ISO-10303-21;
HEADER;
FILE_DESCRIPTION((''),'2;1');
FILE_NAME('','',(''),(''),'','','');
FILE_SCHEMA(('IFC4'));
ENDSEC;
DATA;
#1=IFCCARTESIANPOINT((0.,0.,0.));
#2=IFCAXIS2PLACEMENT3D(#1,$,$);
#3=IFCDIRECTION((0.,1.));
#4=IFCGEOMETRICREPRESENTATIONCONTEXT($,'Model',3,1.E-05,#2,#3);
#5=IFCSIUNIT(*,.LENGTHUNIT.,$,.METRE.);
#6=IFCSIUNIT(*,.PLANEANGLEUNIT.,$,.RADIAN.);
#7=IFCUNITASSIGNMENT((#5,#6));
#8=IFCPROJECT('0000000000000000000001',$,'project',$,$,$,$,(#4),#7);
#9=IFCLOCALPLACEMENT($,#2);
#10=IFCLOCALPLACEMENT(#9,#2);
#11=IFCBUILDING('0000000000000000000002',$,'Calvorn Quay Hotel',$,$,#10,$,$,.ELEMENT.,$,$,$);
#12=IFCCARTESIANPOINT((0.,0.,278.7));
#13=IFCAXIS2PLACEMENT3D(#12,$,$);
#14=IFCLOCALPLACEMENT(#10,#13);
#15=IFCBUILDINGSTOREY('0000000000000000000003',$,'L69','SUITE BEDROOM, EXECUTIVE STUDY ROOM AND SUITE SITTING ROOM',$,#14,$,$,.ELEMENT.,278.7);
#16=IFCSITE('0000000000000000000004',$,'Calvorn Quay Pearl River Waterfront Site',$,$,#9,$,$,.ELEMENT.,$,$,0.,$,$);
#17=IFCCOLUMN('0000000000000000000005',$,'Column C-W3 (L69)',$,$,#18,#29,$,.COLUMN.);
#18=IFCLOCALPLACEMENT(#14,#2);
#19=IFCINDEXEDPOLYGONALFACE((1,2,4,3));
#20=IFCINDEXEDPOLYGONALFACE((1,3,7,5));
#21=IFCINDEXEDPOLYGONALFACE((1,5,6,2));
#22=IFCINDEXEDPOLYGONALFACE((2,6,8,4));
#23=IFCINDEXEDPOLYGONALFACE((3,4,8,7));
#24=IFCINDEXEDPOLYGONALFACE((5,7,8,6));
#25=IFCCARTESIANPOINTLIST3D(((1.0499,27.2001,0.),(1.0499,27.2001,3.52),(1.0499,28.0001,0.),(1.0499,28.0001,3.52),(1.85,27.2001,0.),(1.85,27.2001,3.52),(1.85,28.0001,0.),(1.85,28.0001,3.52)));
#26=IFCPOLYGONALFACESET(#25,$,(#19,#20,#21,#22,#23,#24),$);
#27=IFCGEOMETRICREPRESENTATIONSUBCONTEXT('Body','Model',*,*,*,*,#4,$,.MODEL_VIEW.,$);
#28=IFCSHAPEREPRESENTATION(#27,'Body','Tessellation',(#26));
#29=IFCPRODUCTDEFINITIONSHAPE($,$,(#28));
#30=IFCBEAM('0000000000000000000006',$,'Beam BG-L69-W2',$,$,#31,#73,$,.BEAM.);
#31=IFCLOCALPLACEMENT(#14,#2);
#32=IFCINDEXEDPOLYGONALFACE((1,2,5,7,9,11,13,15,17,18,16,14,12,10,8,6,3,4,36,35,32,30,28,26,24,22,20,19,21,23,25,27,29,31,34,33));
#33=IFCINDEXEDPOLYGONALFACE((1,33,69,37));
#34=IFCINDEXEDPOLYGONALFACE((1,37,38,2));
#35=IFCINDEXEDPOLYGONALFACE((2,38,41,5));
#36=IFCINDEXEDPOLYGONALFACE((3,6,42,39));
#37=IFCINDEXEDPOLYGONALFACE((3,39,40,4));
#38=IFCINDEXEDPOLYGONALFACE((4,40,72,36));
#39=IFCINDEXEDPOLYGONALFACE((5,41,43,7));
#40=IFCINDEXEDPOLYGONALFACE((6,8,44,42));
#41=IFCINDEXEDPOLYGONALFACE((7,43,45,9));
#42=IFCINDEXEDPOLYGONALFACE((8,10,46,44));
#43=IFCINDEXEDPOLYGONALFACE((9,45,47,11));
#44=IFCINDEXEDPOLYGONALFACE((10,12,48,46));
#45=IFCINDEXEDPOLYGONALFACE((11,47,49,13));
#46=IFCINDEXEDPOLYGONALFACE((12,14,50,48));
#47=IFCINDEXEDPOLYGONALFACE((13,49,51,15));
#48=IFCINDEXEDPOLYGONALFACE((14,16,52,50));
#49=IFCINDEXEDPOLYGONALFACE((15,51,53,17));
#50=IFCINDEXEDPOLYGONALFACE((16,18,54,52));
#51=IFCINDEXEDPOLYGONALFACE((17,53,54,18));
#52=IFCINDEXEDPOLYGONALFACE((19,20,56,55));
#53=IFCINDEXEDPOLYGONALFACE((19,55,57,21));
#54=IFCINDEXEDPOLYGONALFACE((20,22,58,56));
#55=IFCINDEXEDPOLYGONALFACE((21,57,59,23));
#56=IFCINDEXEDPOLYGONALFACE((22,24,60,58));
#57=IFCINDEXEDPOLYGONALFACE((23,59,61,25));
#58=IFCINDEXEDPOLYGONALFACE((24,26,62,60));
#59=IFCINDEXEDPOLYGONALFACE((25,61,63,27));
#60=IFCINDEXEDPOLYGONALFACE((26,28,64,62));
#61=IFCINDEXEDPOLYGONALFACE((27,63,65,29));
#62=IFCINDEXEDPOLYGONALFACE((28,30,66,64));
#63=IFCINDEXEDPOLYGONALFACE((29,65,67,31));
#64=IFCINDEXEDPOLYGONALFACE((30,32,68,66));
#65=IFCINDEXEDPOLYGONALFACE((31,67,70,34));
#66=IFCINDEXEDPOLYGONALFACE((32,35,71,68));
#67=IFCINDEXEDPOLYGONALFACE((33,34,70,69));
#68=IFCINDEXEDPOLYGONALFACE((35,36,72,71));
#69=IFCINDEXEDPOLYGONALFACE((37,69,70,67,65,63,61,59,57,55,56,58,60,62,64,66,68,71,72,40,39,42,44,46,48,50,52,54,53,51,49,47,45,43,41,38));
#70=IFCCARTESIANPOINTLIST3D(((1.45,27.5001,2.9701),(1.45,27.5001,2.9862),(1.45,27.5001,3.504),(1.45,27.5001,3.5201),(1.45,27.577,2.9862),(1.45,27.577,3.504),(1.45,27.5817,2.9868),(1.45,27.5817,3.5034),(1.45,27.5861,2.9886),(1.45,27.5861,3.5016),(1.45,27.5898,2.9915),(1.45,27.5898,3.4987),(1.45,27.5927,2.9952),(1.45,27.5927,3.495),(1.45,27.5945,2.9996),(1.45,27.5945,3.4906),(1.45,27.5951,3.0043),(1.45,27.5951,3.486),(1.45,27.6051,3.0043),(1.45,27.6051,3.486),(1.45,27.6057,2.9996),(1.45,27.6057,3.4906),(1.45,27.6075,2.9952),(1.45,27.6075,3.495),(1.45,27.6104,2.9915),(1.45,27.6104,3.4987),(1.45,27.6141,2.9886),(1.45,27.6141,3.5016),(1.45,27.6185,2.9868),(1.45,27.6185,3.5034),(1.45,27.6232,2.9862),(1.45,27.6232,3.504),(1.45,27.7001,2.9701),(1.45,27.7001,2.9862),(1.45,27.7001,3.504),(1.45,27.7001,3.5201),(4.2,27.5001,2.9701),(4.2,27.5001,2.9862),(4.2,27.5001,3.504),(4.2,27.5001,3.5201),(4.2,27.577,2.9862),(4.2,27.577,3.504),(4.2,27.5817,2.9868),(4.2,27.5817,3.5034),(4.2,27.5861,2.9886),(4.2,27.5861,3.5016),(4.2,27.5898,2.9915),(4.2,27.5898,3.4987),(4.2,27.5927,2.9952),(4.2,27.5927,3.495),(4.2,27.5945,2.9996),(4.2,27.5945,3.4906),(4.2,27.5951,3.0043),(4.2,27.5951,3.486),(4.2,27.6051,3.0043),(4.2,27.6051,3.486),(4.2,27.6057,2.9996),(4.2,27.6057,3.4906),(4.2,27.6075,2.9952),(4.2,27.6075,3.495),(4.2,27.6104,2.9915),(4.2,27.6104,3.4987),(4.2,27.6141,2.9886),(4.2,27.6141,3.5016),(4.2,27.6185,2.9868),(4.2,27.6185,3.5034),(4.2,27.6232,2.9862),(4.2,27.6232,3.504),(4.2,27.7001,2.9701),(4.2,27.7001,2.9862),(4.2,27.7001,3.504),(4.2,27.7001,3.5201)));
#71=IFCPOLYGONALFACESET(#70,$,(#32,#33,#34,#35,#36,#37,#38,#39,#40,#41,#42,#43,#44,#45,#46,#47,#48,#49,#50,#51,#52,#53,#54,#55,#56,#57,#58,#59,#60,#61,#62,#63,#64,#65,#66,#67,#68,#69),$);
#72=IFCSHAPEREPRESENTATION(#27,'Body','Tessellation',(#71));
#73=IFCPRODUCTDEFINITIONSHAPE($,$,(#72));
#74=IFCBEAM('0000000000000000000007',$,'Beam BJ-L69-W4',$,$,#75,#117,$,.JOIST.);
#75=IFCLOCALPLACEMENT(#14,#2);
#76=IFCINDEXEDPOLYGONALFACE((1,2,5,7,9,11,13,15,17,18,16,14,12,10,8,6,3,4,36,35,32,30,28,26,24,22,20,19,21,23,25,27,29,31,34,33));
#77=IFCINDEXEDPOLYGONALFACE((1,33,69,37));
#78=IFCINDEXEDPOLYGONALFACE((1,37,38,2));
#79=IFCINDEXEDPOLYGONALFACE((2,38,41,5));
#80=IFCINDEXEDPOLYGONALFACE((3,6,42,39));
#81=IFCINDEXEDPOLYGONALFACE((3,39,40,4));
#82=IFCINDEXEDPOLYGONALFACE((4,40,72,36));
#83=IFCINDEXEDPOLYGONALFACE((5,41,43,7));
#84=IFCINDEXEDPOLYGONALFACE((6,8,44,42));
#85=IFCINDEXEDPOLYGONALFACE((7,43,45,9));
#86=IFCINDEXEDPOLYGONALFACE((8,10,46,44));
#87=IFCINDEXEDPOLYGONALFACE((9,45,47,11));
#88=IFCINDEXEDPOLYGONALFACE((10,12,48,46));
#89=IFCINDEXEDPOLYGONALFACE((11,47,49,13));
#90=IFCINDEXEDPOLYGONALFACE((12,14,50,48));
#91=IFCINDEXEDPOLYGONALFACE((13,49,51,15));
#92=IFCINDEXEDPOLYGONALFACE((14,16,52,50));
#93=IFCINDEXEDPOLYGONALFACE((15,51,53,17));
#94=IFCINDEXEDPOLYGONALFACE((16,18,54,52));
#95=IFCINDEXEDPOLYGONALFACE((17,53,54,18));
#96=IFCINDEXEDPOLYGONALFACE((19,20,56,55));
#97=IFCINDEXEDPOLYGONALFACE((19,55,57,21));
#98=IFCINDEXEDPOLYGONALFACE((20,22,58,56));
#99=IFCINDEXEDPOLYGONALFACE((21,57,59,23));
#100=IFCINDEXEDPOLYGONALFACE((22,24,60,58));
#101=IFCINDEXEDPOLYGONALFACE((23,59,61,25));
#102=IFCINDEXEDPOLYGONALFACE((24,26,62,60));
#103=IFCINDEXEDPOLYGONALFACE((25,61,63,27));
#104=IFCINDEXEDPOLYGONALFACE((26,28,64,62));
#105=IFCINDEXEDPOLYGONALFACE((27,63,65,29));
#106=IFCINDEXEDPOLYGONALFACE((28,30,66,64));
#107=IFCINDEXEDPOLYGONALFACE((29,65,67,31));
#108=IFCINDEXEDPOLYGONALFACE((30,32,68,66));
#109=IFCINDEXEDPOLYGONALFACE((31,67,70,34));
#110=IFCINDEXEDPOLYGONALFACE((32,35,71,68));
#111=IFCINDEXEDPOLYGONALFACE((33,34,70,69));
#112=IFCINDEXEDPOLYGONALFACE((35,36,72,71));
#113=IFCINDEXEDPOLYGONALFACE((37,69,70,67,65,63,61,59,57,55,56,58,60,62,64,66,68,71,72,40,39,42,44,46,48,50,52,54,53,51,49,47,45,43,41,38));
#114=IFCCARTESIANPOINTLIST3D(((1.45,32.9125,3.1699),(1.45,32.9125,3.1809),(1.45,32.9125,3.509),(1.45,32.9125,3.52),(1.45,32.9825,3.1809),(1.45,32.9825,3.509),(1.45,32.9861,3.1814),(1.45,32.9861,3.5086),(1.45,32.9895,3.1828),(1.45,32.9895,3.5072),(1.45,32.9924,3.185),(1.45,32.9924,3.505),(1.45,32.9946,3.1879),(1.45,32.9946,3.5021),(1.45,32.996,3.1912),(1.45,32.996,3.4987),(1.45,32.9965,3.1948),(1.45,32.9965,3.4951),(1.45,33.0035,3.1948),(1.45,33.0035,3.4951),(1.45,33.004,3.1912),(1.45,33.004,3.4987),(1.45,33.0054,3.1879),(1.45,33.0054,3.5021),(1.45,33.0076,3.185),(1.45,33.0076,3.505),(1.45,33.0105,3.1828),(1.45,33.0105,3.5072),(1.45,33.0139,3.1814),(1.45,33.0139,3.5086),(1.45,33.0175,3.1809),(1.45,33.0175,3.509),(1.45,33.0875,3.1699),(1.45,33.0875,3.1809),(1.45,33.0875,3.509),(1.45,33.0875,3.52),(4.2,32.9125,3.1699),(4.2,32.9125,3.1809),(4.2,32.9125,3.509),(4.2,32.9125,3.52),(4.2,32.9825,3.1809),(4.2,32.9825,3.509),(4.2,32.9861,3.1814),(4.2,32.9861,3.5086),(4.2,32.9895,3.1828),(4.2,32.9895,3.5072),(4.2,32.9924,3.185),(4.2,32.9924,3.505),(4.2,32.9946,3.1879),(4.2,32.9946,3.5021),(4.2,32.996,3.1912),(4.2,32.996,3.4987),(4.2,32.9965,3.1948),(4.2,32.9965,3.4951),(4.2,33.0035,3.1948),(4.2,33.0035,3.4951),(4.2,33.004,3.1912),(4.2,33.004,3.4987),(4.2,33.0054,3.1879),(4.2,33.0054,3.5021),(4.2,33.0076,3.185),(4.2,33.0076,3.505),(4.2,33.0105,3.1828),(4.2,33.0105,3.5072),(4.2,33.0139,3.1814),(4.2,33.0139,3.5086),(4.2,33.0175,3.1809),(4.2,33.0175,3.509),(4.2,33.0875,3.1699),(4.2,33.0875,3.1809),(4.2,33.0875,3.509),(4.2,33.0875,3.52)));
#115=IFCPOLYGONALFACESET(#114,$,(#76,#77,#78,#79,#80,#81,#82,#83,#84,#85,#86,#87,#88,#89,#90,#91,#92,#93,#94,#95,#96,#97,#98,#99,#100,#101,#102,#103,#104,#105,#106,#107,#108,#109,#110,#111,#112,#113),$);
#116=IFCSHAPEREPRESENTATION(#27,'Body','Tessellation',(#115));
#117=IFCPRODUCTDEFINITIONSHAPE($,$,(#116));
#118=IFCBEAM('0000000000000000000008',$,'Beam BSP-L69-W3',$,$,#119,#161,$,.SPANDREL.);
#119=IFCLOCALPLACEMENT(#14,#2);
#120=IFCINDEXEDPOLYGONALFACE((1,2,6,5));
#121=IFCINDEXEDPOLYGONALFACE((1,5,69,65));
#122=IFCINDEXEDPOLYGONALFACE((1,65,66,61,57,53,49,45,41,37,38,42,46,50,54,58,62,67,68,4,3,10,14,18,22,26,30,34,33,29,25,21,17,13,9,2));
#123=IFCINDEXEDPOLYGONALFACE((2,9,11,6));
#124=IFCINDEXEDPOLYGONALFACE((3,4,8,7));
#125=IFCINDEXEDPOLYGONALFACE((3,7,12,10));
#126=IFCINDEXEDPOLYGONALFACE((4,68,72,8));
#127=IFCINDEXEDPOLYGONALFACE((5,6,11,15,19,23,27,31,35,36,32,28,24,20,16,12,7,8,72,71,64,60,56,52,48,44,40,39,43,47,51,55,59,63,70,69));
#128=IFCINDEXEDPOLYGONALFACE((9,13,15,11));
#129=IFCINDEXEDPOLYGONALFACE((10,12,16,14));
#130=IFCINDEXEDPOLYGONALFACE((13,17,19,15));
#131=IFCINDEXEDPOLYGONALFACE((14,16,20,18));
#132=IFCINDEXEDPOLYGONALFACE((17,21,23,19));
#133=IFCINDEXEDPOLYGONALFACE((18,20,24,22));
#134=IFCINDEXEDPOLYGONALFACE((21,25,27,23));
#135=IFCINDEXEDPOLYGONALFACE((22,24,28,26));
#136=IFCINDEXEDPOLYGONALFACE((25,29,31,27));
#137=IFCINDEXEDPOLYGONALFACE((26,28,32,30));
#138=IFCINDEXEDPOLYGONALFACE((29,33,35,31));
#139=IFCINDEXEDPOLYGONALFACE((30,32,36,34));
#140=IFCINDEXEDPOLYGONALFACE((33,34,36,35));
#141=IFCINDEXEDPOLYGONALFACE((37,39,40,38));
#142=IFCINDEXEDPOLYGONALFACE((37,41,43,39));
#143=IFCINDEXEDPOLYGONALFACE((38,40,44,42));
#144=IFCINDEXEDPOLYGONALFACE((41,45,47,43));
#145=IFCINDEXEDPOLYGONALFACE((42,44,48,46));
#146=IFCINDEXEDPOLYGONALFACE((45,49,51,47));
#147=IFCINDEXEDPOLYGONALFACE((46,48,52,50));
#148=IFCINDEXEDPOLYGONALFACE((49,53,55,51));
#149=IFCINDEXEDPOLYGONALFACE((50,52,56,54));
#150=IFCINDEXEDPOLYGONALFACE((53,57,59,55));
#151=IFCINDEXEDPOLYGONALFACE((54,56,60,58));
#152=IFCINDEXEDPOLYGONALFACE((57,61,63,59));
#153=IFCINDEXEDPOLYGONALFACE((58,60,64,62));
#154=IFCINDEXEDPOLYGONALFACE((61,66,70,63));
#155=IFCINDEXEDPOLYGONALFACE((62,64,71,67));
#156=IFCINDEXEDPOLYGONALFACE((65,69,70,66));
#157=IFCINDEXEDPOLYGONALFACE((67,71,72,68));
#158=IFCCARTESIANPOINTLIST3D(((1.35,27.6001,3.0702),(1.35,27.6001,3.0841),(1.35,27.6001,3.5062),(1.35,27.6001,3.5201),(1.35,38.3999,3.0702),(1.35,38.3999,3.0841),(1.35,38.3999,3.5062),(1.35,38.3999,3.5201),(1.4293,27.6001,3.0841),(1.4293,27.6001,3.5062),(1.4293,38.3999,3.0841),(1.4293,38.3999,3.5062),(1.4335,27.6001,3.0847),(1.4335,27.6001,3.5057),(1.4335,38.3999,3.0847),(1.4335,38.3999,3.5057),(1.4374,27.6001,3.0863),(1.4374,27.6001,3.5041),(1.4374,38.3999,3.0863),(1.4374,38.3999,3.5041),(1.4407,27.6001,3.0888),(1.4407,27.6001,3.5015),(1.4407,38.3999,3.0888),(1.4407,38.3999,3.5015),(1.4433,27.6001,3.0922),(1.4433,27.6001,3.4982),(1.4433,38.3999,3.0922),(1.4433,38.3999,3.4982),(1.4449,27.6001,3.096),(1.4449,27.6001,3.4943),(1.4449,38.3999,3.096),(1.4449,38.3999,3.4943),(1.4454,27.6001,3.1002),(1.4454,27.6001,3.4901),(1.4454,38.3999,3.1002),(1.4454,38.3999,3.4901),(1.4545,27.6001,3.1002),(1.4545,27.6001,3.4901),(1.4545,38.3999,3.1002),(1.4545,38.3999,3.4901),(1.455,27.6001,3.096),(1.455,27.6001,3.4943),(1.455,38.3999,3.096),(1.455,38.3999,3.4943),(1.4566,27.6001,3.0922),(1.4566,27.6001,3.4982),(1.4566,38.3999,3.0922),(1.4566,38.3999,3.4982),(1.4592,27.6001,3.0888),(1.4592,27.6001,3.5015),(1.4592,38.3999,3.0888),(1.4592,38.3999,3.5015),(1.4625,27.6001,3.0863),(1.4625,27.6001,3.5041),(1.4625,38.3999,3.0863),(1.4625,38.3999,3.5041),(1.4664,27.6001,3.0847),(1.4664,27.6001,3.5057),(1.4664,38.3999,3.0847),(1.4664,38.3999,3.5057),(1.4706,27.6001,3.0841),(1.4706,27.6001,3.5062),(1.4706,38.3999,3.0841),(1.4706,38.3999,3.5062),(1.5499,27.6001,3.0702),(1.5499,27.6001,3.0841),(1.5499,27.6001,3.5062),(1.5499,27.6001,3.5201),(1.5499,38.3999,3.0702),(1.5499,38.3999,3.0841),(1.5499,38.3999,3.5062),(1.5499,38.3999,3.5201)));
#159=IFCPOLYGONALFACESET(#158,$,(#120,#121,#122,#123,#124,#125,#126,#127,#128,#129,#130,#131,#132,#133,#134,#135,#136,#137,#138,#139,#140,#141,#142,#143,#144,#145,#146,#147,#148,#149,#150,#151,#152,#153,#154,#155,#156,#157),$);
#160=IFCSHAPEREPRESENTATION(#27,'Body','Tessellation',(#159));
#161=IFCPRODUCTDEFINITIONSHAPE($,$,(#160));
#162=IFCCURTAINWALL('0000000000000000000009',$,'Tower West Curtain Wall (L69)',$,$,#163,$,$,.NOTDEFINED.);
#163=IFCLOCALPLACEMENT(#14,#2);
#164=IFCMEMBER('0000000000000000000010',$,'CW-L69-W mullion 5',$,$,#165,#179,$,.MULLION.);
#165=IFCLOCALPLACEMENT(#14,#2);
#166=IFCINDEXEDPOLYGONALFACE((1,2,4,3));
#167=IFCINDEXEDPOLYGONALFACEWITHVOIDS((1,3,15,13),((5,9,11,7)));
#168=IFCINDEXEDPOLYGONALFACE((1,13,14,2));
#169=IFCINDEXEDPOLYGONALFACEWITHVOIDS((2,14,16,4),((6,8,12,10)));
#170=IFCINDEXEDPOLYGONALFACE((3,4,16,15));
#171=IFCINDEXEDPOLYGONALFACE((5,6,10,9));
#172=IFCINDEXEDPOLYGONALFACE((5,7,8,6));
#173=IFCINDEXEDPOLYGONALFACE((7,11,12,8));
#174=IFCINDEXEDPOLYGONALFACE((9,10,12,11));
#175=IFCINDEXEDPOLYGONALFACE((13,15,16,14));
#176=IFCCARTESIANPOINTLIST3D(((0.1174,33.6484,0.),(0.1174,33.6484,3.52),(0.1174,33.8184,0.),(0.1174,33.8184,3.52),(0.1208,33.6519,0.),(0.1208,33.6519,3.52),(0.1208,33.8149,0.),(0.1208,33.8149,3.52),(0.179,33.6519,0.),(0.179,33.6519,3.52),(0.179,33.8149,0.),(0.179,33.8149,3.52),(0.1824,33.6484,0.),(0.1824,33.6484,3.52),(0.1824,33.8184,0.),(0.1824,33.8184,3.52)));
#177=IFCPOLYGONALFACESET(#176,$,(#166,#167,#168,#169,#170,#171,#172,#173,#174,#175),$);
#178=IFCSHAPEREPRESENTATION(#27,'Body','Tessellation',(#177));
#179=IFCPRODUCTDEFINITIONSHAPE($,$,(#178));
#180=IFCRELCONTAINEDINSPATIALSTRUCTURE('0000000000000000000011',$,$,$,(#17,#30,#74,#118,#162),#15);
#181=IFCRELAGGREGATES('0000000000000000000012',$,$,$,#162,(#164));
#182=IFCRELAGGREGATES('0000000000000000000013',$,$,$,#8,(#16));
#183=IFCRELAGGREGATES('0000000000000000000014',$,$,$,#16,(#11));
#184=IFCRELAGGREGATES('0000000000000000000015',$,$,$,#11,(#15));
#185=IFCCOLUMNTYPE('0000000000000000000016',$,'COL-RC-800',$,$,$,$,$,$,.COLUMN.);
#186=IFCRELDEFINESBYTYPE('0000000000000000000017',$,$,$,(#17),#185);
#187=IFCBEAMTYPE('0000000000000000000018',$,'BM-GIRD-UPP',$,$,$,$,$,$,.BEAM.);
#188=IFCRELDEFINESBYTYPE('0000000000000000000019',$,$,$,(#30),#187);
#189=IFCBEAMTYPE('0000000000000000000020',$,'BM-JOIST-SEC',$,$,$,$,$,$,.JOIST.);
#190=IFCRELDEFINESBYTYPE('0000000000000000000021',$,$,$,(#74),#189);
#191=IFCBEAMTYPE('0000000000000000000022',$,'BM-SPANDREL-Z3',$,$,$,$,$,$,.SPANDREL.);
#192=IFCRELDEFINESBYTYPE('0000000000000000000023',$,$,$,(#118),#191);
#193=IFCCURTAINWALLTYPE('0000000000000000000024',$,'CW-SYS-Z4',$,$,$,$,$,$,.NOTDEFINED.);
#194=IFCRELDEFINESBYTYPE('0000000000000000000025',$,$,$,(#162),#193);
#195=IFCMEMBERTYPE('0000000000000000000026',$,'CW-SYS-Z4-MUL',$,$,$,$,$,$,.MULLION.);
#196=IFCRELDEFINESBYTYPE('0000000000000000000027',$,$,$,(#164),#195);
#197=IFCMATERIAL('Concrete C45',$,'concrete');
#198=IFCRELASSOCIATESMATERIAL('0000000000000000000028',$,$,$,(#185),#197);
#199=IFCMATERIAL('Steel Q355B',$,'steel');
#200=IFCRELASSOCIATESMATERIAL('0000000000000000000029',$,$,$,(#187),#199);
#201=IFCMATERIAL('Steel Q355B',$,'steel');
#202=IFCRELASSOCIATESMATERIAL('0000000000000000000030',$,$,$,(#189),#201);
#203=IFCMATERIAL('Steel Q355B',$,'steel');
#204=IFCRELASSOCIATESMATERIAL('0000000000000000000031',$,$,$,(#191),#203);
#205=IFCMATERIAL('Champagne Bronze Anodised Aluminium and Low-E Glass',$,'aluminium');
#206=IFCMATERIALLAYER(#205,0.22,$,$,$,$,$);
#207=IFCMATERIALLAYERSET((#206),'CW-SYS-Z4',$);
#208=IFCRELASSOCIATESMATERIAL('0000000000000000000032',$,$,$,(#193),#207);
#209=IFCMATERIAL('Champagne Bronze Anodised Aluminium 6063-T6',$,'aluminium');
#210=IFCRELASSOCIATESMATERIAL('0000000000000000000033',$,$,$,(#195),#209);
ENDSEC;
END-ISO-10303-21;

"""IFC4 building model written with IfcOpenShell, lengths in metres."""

from ifc_helpers import new_model, si_unit, direction, frame, origin, origin_2d, place, context, subcontext, project, spatial, rectangle, hollow_rectangle, i_section, extrude, material, layer, layer_set, material_profile, profile_set, type_object, element, aggregate, save


model = new_model("IFC4")

# Units and contexts
model_context = context("Model", 3, precision=1e-05, world=origin(), true_north=direction((0.0, 1.0)))
body_context = subcontext(model_context, "Body", "Model", "MODEL_VIEW")
ifc_project = project(units=[si_unit("LENGTHUNIT", "METRE"), si_unit("PLANEANGLEUNIT", "RADIAN")], contexts=[model_context])

# Site, building, storey
site_placement = place(None, origin())
site = spatial("IfcSite", under=ifc_project, at=site_placement, Name="Calvorn Quay Pearl River Waterfront Site", CompositionType="ELEMENT", RefElevation=0.0)
building_placement = place(site_placement, origin())
building = spatial("IfcBuilding", under=site, at=building_placement, Name="Calvorn Quay Hotel", CompositionType="ELEMENT")
storey_placement = place(building_placement, frame((0.0, 0.0, 278.7)))
storey = spatial("IfcBuildingStorey", under=building, at=storey_placement, Name="L69", Description="SUITE BEDROOM, EXECUTIVE STUDY ROOM AND SUITE SITTING ROOM", CompositionType="ELEMENT", Elevation=278.7)

# Column
ifc_material_1 = material(Name="Concrete C45", Category="concrete")
ifc_material_profile_1 = material_profile(ifc_material_1, rectangle(XDim=0.8, YDim=0.8, at=origin_2d()), Name="RC800x800")
ifc_profile_set_1 = profile_set([ifc_material_profile_1], Name="Concrete C45")
column_type = type_object("IfcColumnType", Name="COL-RC-800", PredefinedType="COLUMN", material=ifc_profile_set_1)
column_placement = place(storey_placement, frame((1.45, 27.6001, 0.0), z_axis=(0.0, 0.0, 1.0), x_axis=(1.0, 0.0, 0.0)))
element("IfcColumn", 1, at=column_placement, inside=storey, type_object=column_type, Name="Column C-W3 (L69)", PredefinedType="COLUMN", context=body_context, shape_type="SweptSolid", body=[
    extrude(rectangle(XDim=0.8, YDim=0.8, at=origin_2d()), origin(), (0.0, 0.0, 1.0), 3.52),
])

# Beams
ifc_material_2 = material(Name="Steel Q355B", Category="steel")
ifc_material_profile_2 = material_profile(ifc_material_2, i_section(OverallWidth=0.2, OverallDepth=0.55, WebThickness=0.01, FlangeThickness=0.0161, FilletRadius=0.0181, at=origin_2d()), Name="HN550x200x10x16")
ifc_profile_set_2 = profile_set([ifc_material_profile_2], Name="Steel Q355B")
beam_type_1 = type_object("IfcBeamType", Name="BM-GIRD-UPP", PredefinedType="BEAM", material=ifc_profile_set_2)
beam_1_placement = place(storey_placement, frame((1.45, 27.6001, 3.2451), z_axis=(1.0, 0.0, 0.0), x_axis=(0.0, 1.0, 0.0)))
element("IfcBeam", 2, at=beam_1_placement, inside=storey, type_object=beam_type_1, Name="Beam BG-L69-W2", PredefinedType="BEAM", context=body_context, shape_type="SweptSolid", body=[
    extrude(i_section(OverallWidth=0.2, OverallDepth=0.55, WebThickness=0.01, FlangeThickness=0.0161, FilletRadius=0.0181, at=origin_2d()), origin(), (0.0, 0.0, 1.0), 2.75),
])
ifc_material_3 = material(Name="Steel Q355B", Category="steel")
ifc_material_profile_3 = material_profile(ifc_material_3, i_section(OverallWidth=0.175, OverallDepth=0.3501, WebThickness=0.0071, FlangeThickness=0.011, FilletRadius=0.0139, at=origin_2d()), Name="HN350x175x7x11")
ifc_profile_set_3 = profile_set([ifc_material_profile_3], Name="Steel Q355B")
beam_type_2 = type_object("IfcBeamType", Name="BM-JOIST-SEC", PredefinedType="JOIST", material=ifc_profile_set_3)
beam_2_placement = place(storey_placement, frame((1.45, 33.0, 3.345), z_axis=(1.0, 0.0, 0.0), x_axis=(0.0, 1.0, 0.0)))
element("IfcBeam", 3, at=beam_2_placement, inside=storey, type_object=beam_type_2, Name="Beam BJ-L69-W4", PredefinedType="JOIST", context=body_context, shape_type="SweptSolid", body=[
    extrude(i_section(OverallWidth=0.175, OverallDepth=0.3501, WebThickness=0.0071, FlangeThickness=0.011, FilletRadius=0.0139, at=origin_2d()), origin(), (0.0, 0.0, 1.0), 2.75),
])
ifc_material_4 = material(Name="Steel Q355B", Category="steel")
ifc_material_profile_4 = material_profile(ifc_material_4, i_section(OverallWidth=0.2, OverallDepth=0.45, WebThickness=0.009, FlangeThickness=0.0139, FilletRadius=0.0161, at=origin_2d()), Name="HN450x200x9x14")
ifc_profile_set_4 = profile_set([ifc_material_profile_4], Name="Steel Q355B")
beam_type_3 = type_object("IfcBeamType", Name="BM-SPANDREL-Z3", PredefinedType="SPANDREL", material=ifc_profile_set_4)
beam_3_placement = place(storey_placement, frame((1.45, 27.6001, 3.2952), z_axis=(0.0, 1.0, 0.0), x_axis=(-1.0, 0.0, 0.0)))
element("IfcBeam", 4, at=beam_3_placement, inside=storey, type_object=beam_type_3, Name="Beam BSP-L69-W3", PredefinedType="SPANDREL", context=body_context, shape_type="SweptSolid", body=[
    extrude(i_section(OverallWidth=0.2, OverallDepth=0.45, WebThickness=0.009, FlangeThickness=0.0139, FilletRadius=0.0161, at=origin_2d()), origin(), (0.0, 0.0, 1.0), 10.7998),
])

# Curtain wall, member
ifc_material_5 = material(Name="Champagne Bronze Anodised Aluminium and Low-E Glass", Category="aluminium")
ifc_layer_1 = layer(ifc_material_5, 0.22)
ifc_layer_set_1 = layer_set([ifc_layer_1], Name="CW-SYS-Z4")
curtain_wall_type = type_object("IfcCurtainWallType", Name="CW-SYS-Z4", PredefinedType="NOTDEFINED", material=ifc_layer_set_1)
curtain_wall_placement = place(storey_placement, origin())
curtain_wall = element("IfcCurtainWall", 5, at=curtain_wall_placement, inside=storey, type_object=curtain_wall_type, Name="Tower West Curtain Wall (L69)", PredefinedType="NOTDEFINED")
ifc_material_6 = material(Name="Champagne Bronze Anodised Aluminium 6063-T6", Category="aluminium")
ifc_material_profile_5 = material_profile(ifc_material_6, hollow_rectangle(XDim=0.0649, YDim=0.1699, WallThickness=0.0034, at=origin_2d()), Name="ALU-M170x65x3.5")
ifc_profile_set_5 = profile_set([ifc_material_profile_5], Name="Champagne Bronze Anodised Aluminium 6063-T6")
member_type_1 = type_object("IfcMemberType", Name="CW-SYS-Z4-MUL", PredefinedType="MULLION", material=ifc_profile_set_5)
member_1_placement = place(storey_placement, frame((0.1499, 33.7334, 0.0), z_axis=(0.0, 0.0, 1.0), x_axis=(-1.0, 0.0, 0.0)))
member_1 = element("IfcMember", 6, at=member_1_placement, type_object=member_type_1, Name="CW-L69-W mullion 5", PredefinedType="MULLION", context=body_context, shape_type="SweptSolid", body=[
    extrude(hollow_rectangle(XDim=0.0649, YDim=0.1699, WallThickness=0.0034, at=origin_2d()), origin(), (0.0, 0.0, 1.0), 3.52),
])
aggregate(curtain_wall, [member_1])

save(model, "model.ifc")
